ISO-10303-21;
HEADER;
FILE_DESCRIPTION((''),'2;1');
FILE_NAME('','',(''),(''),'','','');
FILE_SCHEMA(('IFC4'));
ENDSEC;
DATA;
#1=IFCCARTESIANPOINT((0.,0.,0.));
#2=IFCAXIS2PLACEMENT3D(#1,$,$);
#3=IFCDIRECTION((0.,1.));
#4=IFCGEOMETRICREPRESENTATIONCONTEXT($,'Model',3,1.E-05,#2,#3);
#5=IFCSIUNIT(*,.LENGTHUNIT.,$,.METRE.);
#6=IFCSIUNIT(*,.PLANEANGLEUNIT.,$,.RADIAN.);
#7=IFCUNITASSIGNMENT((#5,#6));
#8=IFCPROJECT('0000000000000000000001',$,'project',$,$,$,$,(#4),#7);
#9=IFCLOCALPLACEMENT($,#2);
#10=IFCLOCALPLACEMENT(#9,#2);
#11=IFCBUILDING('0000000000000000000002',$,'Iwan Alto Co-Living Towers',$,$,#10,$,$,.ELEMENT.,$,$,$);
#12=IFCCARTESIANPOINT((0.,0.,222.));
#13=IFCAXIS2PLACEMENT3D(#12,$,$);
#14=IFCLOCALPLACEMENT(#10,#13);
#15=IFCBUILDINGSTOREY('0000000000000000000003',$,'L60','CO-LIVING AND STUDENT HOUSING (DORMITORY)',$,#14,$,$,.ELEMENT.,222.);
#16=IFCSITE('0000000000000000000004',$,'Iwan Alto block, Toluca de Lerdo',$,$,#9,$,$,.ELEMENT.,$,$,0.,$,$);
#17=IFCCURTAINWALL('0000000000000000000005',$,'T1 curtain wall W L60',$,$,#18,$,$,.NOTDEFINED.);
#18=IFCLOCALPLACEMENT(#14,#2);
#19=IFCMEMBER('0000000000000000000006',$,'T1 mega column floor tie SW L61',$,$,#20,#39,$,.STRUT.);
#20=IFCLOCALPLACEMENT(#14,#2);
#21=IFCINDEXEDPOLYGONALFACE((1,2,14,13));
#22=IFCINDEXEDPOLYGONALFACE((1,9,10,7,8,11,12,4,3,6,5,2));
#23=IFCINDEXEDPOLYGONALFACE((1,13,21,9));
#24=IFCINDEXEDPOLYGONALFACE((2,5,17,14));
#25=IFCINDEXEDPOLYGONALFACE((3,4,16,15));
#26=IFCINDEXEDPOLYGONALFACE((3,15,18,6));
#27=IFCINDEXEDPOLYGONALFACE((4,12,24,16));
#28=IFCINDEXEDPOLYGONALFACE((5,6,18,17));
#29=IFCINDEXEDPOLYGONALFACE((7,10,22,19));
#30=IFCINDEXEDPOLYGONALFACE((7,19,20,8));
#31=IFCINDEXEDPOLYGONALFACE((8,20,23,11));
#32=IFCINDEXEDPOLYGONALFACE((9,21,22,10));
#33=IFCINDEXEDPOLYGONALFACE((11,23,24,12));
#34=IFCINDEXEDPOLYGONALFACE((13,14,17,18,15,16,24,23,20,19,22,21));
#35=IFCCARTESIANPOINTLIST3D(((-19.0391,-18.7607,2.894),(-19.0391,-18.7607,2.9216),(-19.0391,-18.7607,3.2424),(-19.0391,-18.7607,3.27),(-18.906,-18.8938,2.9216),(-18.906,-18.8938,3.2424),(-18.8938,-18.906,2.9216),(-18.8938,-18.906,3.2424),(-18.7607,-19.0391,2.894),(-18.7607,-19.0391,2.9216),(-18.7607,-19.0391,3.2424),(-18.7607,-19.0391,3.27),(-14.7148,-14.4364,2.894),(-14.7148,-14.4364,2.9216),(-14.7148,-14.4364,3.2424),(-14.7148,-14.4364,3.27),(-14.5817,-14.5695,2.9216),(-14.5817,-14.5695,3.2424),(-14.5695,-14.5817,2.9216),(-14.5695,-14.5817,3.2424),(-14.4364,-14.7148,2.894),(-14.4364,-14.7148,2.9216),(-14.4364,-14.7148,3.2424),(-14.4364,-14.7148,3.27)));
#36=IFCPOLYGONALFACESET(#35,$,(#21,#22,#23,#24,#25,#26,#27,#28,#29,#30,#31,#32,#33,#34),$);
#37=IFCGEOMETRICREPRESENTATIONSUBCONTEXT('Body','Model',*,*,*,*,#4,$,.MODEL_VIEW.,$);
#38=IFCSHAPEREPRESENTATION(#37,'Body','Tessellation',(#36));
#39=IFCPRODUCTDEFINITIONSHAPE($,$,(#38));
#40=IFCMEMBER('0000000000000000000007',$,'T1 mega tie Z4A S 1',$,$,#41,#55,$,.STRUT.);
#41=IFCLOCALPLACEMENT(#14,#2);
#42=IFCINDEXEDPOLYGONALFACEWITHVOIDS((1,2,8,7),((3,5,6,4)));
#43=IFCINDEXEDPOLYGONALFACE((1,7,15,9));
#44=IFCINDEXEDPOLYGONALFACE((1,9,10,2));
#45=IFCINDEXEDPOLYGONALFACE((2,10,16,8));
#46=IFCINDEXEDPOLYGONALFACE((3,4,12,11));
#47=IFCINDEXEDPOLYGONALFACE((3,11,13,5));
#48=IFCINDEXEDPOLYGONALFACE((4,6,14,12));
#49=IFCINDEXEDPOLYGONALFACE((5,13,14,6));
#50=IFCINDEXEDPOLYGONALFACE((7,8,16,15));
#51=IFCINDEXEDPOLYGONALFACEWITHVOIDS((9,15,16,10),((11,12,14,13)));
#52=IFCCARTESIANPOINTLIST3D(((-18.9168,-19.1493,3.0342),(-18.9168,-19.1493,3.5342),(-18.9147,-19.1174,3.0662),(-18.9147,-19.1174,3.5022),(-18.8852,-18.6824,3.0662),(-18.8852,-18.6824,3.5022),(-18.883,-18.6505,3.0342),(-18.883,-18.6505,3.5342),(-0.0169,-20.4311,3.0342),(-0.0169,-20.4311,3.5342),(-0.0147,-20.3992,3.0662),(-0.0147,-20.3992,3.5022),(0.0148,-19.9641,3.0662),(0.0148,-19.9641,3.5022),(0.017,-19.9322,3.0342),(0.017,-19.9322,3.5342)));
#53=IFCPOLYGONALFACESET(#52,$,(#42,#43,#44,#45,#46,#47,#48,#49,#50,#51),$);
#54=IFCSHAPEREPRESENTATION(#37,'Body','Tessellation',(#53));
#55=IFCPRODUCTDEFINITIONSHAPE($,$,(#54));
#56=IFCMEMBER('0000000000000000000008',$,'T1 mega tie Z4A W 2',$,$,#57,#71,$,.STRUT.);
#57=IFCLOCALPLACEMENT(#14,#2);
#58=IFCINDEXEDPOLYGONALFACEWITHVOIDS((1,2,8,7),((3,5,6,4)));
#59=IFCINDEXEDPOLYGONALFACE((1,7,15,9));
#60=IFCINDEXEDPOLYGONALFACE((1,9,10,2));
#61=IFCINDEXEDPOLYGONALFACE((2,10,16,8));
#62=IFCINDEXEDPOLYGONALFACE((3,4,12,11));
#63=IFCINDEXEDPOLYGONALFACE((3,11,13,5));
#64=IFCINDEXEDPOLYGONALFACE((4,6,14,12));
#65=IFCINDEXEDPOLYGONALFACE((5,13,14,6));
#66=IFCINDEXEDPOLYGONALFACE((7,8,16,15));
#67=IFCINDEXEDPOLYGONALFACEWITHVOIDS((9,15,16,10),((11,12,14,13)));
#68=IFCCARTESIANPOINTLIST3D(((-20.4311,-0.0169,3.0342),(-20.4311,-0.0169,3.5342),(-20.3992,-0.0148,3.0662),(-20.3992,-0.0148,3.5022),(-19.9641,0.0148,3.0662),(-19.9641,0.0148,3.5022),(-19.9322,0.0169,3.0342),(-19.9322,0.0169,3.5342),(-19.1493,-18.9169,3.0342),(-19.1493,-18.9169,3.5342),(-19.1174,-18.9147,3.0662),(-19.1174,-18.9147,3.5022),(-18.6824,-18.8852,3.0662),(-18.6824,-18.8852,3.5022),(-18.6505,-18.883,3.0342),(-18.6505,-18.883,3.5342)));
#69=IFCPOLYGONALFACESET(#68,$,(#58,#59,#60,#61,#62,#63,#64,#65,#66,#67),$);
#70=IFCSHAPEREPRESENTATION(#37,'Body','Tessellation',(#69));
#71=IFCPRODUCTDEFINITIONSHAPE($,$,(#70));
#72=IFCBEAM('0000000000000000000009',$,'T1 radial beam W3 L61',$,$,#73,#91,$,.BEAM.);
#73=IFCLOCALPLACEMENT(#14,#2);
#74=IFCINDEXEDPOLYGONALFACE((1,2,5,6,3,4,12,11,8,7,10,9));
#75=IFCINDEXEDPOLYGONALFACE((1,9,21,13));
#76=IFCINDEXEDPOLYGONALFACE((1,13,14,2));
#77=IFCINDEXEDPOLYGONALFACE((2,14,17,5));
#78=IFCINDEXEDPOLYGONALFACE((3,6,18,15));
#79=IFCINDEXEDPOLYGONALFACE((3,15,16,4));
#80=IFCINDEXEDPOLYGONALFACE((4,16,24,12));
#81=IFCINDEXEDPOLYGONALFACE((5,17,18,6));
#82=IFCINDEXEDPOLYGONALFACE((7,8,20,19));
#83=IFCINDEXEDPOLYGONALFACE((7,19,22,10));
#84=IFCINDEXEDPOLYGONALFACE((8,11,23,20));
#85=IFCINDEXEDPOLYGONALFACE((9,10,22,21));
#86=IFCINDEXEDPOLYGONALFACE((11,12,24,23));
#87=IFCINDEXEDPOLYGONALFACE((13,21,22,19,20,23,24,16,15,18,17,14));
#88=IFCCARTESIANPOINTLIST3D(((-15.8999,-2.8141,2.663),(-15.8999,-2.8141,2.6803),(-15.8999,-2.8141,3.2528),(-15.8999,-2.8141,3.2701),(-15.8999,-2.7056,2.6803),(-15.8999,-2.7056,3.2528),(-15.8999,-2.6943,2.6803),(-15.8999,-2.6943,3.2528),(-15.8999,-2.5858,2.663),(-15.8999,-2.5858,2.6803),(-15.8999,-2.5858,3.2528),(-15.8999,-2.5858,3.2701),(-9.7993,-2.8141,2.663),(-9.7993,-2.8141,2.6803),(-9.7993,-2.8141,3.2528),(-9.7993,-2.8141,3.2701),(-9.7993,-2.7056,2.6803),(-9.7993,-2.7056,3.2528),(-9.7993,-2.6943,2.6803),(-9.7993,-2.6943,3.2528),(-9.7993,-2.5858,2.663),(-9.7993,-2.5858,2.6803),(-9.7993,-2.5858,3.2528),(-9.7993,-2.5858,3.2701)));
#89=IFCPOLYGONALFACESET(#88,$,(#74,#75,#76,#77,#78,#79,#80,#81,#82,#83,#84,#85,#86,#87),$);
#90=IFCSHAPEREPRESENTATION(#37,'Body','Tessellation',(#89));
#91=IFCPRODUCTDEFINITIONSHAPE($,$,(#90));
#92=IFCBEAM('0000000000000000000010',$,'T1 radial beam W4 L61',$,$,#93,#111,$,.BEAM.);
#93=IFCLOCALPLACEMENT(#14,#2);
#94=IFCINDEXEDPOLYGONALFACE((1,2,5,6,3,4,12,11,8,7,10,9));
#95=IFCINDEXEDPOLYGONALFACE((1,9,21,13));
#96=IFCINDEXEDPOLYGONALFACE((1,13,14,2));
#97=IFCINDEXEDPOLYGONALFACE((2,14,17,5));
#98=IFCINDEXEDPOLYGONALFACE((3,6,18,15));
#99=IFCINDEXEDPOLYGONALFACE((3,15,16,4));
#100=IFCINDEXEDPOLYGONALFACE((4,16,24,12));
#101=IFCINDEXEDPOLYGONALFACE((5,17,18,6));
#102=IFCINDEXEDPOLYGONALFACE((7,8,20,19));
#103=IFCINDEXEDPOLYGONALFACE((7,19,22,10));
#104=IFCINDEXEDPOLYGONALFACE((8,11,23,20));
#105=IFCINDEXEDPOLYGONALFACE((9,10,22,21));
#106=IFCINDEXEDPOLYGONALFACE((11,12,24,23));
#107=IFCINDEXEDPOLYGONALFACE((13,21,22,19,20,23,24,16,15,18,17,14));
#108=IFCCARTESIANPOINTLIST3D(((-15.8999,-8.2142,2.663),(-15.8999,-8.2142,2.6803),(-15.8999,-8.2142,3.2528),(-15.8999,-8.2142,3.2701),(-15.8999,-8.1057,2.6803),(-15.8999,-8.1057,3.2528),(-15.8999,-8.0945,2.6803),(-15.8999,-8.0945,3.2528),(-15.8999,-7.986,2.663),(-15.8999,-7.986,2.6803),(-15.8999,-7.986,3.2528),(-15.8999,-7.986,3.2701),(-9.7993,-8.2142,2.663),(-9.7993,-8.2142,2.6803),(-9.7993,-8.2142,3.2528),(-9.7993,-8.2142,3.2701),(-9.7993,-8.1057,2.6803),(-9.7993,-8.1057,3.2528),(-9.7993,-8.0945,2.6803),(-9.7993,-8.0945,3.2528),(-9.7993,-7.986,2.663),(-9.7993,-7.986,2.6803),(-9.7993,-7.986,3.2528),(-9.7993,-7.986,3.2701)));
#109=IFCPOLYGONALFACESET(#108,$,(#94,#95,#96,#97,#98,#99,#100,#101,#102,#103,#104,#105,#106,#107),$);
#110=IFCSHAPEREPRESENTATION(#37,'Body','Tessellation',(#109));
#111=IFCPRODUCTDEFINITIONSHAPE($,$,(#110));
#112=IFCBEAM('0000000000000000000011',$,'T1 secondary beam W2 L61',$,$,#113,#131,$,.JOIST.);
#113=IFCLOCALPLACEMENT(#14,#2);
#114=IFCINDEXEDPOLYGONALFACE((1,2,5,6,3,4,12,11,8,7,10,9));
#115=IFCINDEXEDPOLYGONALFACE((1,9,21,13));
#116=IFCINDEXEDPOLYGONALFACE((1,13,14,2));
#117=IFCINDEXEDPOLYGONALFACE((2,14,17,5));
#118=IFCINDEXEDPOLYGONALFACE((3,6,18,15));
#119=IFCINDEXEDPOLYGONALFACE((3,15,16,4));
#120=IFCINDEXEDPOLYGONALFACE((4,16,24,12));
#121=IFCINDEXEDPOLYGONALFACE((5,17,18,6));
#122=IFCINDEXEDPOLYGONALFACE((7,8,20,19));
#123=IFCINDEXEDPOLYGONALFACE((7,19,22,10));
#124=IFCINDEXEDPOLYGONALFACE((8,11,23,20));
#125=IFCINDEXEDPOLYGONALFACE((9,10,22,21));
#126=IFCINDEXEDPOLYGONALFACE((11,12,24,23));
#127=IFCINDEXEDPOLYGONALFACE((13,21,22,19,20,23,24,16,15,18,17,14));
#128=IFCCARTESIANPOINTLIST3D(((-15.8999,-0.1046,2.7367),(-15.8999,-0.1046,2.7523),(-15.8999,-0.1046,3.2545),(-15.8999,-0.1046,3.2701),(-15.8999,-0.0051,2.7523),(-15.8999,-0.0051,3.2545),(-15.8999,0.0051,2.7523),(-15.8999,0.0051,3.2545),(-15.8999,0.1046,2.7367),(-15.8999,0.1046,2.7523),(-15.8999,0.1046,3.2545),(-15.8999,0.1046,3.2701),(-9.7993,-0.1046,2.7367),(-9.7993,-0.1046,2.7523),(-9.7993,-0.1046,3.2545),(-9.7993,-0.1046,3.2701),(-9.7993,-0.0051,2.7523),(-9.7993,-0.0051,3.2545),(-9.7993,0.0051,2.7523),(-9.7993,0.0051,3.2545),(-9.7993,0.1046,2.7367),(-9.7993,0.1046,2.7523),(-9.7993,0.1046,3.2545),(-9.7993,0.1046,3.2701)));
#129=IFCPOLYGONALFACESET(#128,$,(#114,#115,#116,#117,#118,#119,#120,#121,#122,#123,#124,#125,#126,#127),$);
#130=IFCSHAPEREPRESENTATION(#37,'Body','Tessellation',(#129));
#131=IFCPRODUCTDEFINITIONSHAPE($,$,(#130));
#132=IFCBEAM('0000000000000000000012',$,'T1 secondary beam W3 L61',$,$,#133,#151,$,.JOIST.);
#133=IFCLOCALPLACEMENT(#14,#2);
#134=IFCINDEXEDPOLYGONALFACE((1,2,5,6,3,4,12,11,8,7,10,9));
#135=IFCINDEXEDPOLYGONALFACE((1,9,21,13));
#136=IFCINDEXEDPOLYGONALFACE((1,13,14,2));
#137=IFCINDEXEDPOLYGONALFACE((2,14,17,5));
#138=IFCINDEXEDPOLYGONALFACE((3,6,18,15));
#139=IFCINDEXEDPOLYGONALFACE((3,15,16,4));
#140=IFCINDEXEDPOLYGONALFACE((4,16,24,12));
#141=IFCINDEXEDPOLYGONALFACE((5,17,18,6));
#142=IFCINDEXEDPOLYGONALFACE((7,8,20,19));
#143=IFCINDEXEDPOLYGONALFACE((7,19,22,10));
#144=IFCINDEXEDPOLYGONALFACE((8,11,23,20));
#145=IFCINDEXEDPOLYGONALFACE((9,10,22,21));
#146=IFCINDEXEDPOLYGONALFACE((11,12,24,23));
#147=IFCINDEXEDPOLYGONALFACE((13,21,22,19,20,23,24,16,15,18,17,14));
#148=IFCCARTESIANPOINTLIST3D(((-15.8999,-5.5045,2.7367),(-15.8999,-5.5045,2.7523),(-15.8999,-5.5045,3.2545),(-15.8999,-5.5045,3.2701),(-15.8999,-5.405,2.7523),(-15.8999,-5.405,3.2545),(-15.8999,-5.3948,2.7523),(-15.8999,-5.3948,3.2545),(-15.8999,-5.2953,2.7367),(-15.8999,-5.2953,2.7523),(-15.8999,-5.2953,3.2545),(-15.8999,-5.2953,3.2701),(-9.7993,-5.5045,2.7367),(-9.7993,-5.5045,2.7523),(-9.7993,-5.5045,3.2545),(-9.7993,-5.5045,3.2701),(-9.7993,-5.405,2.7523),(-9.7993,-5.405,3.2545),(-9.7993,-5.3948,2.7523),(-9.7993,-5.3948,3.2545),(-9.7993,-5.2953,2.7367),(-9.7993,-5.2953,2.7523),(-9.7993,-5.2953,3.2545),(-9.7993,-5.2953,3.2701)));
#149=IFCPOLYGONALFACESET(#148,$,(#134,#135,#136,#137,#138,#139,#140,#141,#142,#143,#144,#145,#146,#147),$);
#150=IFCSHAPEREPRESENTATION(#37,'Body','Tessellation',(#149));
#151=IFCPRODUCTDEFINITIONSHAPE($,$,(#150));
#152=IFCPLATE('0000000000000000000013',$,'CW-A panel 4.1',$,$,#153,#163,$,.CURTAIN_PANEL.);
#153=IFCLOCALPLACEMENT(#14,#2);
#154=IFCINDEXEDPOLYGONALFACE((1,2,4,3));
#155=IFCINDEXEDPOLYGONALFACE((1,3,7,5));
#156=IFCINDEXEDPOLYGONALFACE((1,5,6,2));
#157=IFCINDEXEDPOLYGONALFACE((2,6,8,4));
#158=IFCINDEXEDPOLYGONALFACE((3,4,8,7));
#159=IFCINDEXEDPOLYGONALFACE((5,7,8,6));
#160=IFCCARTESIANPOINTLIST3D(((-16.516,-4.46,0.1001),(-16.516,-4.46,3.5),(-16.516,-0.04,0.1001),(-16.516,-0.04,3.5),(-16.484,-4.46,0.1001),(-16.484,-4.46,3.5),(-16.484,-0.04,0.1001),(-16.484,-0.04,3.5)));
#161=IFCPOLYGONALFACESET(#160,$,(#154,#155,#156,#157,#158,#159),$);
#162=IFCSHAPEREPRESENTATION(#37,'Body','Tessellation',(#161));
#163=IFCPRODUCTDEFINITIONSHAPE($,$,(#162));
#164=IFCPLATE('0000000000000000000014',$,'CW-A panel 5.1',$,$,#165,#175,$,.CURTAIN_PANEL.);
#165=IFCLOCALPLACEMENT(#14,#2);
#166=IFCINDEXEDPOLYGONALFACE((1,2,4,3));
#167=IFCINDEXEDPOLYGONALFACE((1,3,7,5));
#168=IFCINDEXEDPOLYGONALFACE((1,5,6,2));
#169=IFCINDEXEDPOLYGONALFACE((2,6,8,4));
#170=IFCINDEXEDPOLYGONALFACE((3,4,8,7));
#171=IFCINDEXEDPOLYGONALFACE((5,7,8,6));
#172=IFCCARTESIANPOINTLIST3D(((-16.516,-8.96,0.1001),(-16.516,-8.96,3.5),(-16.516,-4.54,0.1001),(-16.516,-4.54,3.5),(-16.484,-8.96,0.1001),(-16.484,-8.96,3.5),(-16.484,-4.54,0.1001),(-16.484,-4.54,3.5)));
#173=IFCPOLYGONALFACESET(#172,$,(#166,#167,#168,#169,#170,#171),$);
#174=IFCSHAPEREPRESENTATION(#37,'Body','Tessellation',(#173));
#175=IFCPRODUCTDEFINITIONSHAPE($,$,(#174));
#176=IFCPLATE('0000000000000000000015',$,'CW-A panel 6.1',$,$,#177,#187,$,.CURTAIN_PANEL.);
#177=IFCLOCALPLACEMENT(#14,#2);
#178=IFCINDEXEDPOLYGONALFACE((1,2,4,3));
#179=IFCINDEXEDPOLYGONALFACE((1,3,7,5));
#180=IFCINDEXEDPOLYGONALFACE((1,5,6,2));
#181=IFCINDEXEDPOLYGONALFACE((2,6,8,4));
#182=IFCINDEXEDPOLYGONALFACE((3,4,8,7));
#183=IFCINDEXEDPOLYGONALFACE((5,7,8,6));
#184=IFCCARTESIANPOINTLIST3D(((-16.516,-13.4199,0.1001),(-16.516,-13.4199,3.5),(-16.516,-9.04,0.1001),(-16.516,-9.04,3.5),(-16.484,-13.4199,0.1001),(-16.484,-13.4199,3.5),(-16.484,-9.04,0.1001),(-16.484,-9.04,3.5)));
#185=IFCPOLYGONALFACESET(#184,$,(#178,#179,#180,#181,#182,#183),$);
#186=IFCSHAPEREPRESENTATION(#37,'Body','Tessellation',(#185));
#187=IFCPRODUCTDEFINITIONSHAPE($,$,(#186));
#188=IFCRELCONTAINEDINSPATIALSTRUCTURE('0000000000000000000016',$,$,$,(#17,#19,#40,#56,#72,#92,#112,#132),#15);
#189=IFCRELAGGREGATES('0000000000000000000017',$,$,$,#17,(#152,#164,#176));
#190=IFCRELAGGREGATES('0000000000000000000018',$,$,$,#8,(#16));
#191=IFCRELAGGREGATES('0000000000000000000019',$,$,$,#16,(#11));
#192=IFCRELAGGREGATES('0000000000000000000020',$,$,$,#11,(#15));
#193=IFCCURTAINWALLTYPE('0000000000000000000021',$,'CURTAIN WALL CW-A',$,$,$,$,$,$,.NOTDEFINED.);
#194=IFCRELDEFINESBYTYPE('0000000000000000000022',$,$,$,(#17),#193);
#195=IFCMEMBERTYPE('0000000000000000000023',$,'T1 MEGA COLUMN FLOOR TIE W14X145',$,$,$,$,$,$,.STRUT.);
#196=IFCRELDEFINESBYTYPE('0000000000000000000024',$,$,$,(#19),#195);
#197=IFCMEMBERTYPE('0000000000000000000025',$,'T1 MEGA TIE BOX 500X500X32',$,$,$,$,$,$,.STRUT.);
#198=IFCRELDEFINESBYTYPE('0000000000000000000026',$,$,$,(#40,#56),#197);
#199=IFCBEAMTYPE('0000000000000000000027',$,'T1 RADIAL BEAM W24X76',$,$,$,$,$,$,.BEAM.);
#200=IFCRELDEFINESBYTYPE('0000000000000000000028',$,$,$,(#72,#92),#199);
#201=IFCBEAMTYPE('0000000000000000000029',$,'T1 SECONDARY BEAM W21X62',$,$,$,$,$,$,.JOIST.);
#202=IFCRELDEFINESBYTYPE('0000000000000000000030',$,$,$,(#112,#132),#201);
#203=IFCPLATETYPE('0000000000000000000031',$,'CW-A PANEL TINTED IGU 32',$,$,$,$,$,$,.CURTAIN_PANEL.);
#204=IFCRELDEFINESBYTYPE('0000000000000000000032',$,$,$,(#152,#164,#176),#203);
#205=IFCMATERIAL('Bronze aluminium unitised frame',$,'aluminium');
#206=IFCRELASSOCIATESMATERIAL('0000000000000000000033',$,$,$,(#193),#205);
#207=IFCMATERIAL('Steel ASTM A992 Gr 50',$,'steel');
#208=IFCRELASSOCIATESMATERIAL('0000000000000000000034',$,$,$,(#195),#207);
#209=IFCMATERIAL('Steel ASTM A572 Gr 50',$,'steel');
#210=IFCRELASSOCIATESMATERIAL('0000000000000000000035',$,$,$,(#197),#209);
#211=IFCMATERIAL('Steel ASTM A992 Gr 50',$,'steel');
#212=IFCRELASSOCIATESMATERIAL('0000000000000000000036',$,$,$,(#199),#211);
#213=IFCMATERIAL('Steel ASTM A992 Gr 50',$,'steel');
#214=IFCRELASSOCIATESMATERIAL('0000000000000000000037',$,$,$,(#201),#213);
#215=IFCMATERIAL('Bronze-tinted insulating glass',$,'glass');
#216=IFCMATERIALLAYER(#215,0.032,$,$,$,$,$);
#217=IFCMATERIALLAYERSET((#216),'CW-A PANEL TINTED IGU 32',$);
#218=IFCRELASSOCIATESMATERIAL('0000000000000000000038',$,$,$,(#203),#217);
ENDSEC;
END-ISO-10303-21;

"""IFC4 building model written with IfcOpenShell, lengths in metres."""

from ifc_helpers import new_model, si_unit, direction, frame, origin, origin_2d, place, context, subcontext, project, spatial, rectangle, hollow_rectangle, i_section, extrude, material, layer, layer_set, material_profile, profile_set, type_object, element, aggregate, save


model = new_model("IFC4")

# Units and contexts
model_context = context("Model", 3, precision=1e-05, world=origin(), true_north=direction((0.0, 1.0)))
body_context = subcontext(model_context, "Body", "Model", "MODEL_VIEW")
ifc_project = project(units=[si_unit("LENGTHUNIT", "METRE"), si_unit("PLANEANGLEUNIT", "RADIAN")], contexts=[model_context])

# Site, building, storey
site_placement = place(None, origin())
site = spatial("IfcSite", under=ifc_project, at=site_placement, Name="Iwan Alto block, Toluca de Lerdo", CompositionType="ELEMENT", RefElevation=0.0)
building_placement = place(site_placement, origin())
building = spatial("IfcBuilding", under=site, at=building_placement, Name="Iwan Alto Co-Living Towers", CompositionType="ELEMENT")
storey_placement = place(building_placement, frame((0.0, 0.0, 222.0)))
storey = spatial("IfcBuildingStorey", under=building, at=storey_placement, Name="L60", Description="CO-LIVING AND STUDENT HOUSING (DORMITORY)", CompositionType="ELEMENT", Elevation=222.0)

# Curtain wall
ifc_material_1 = material(Name="Bronze aluminium unitised frame", Category="aluminium")
curtain_wall_type_1 = type_object("IfcCurtainWallType", Name="CURTAIN WALL CW-A", PredefinedType="NOTDEFINED", material=ifc_material_1)
curtain_wall_1_placement = place(storey_placement, origin())
curtain_wall_1 = element("IfcCurtainWall", 1, at=curtain_wall_1_placement, inside=storey, type_object=curtain_wall_type_1, Name="T1 curtain wall W L60", PredefinedType="NOTDEFINED")

# Members
ifc_material_2 = material(Name="Steel ASTM A992 Gr 50", Category="steel")
ifc_material_profile_1 = material_profile(ifc_material_2, i_section(OverallWidth=0.3938, OverallDepth=0.376, WebThickness=0.0173, FlangeThickness=0.0276, at=origin_2d()), Name="W14X145")
ifc_profile_set_1 = profile_set([ifc_material_profile_1], Name="Steel ASTM A992 Gr 50")
member_type_1 = type_object("IfcMemberType", Name="T1 MEGA COLUMN FLOOR TIE W14X145", PredefinedType="STRUT", material=ifc_profile_set_1)
member_1_placement = place(storey_placement, frame((-18.8999, -18.8999, 3.082), z_axis=(0.707107, 0.707107, 0.0), x_axis=(-0.707107, 0.707107, 0.0)))
element("IfcMember", 2, at=member_1_placement, inside=storey, type_object=member_type_1, Name="T1 mega column floor tie SW L61", PredefinedType="STRUT", context=body_context, shape_type="SweptSolid", body=[
    extrude(i_section(OverallWidth=0.3938, OverallDepth=0.376, WebThickness=0.0173, FlangeThickness=0.0276, at=origin_2d()), origin(), (0.0, 0.0, 1.0), 6.1155),
])
ifc_material_3 = material(Name="Steel ASTM A572 Gr 50", Category="steel")
ifc_material_profile_2 = material_profile(ifc_material_3, hollow_rectangle(XDim=0.5, YDim=0.5, WallThickness=0.032, at=origin_2d()), Name="BOX 500X500X32")
ifc_profile_set_2 = profile_set([ifc_material_profile_2], Name="Steel ASTM A572 Gr 50")
member_type_2 = type_object("IfcMemberType", Name="T1 MEGA TIE BOX 500X500X32", PredefinedType="STRUT", material=ifc_profile_set_2)
for number, where, z_axis, x_axis, name in (
    (3, (-18.8999, -18.8999, 3.2842), (0.997708, -0.067662, 0.0), (0.067662, 0.997708, 0.0), "T1 mega tie Z4A S 1"),
    (4, (-20.1816, 0.0, 3.2842), (0.067662, -0.997708, 0.0), (0.997708, 0.067662, 0.0), "T1 mega tie Z4A W 2"),
):
    element("IfcMember", number, at=place(storey_placement, frame(where, z_axis=z_axis, x_axis=x_axis)), inside=storey, type_object=member_type_2, Name=name, PredefinedType="STRUT", context=body_context, shape_type="SweptSolid", body=[
        extrude(hollow_rectangle(XDim=0.5, YDim=0.5, WallThickness=0.032, at=origin_2d()), origin(), (0.0, 0.0, 1.0), 18.9434),
    ])

# Beams
ifc_material_4 = material(Name="Steel ASTM A992 Gr 50", Category="steel")
ifc_material_profile_3 = material_profile(ifc_material_4, i_section(OverallWidth=0.2283, OverallDepth=0.6072, WebThickness=0.0112, FlangeThickness=0.0173, at=origin_2d()), Name="W24X76")
ifc_profile_set_3 = profile_set([ifc_material_profile_3], Name="Steel ASTM A992 Gr 50")
beam_type_1 = type_object("IfcBeamType", Name="T1 RADIAL BEAM W24X76", PredefinedType="BEAM", material=ifc_profile_set_3)
for number, where, z_axis, x_axis, name in (
    (5, (-15.8999, -2.7, 2.9666), (1.0, 0.0, 0.0), (0.0, 1.0, 0.0), "T1 radial beam W3 L61"),
    (6, (-15.8999, -8.1001, 2.9666), (1.0, 0.0, 0.0), (0.0, 1.0, 0.0), "T1 radial beam W4 L61"),
):
    element("IfcBeam", number, at=place(storey_placement, frame(where, z_axis=z_axis, x_axis=x_axis)), inside=storey, type_object=beam_type_1, Name=name, PredefinedType="BEAM", context=body_context, shape_type="SweptSolid", body=[
        extrude(i_section(OverallWidth=0.2283, OverallDepth=0.6072, WebThickness=0.0112, FlangeThickness=0.0173, at=origin_2d()), origin(), (0.0, 0.0, 1.0), 6.1006),
    ])
ifc_material_5 = material(Name="Steel ASTM A992 Gr 50", Category="steel")
ifc_material_profile_4 = material_profile(ifc_material_5, i_section(OverallWidth=0.2092, OverallDepth=0.5334, WebThickness=0.0103, FlangeThickness=0.0156, at=origin_2d()), Name="W21X62")
ifc_profile_set_4 = profile_set([ifc_material_profile_4], Name="Steel ASTM A992 Gr 50")
beam_type_2 = type_object("IfcBeamType", Name="T1 SECONDARY BEAM W21X62", PredefinedType="JOIST", material=ifc_profile_set_4)
for number, where, z_axis, x_axis, name in (
    (7, (-15.8999, 0.0, 3.0034), (1.0, 0.0, 0.0), (0.0, 1.0, 0.0), "T1 secondary beam W2 L61"),
    (8, (-15.8999, -5.3999, 3.0034), (1.0, 0.0, 0.0), (0.0, 1.0, 0.0), "T1 secondary beam W3 L61"),
):
    element("IfcBeam", number, at=place(storey_placement, frame(where, z_axis=z_axis, x_axis=x_axis)), inside=storey, type_object=beam_type_2, Name=name, PredefinedType="JOIST", context=body_context, shape_type="SweptSolid", body=[
        extrude(i_section(OverallWidth=0.2092, OverallDepth=0.5334, WebThickness=0.0103, FlangeThickness=0.0156, at=origin_2d()), origin(), (0.0, 0.0, 1.0), 6.1006),
    ])

# Plates
ifc_material_6 = material(Name="Bronze-tinted insulating glass", Category="glass")
ifc_layer_1 = layer(ifc_material_6, 0.032)
ifc_layer_set_1 = layer_set([ifc_layer_1], Name="CW-A PANEL TINTED IGU 32")
plate_type_1 = type_object("IfcPlateType", Name="CW-A PANEL TINTED IGU 32", PredefinedType="CURTAIN_PANEL", material=ifc_layer_set_1)
plate_1_placement = place(storey_placement, frame((-16.5, -2.25, 0.1001), z_axis=(0.0, 0.0, 1.0), x_axis=(0.0, -1.0, 0.0)))
plate_1 = element("IfcPlate", 9, at=plate_1_placement, type_object=plate_type_1, Name="CW-A panel 4.1", PredefinedType="CURTAIN_PANEL", context=body_context, shape_type="SweptSolid", body=[
    extrude(rectangle(XDim=4.4199, YDim=0.032, at=origin_2d()), origin(), (0.0, 0.0, 1.0), 3.3999),
])
plate_2_placement = place(storey_placement, frame((-16.5, -6.75, 0.1001), z_axis=(0.0, 0.0, 1.0), x_axis=(0.0, -1.0, 0.0)))
plate_2 = element("IfcPlate", 10, at=plate_2_placement, type_object=plate_type_1, Name="CW-A panel 5.1", PredefinedType="CURTAIN_PANEL", context=body_context, shape_type="SweptSolid", body=[
    extrude(rectangle(XDim=4.4199, YDim=0.032, at=origin_2d()), origin(), (0.0, 0.0, 1.0), 3.3999),
])
plate_3_placement = place(storey_placement, frame((-16.5, -11.23, 0.1001), z_axis=(0.0, 0.0, 1.0), x_axis=(0.0, -1.0, 0.0)))
plate_3 = element("IfcPlate", 11, at=plate_3_placement, type_object=plate_type_1, Name="CW-A panel 6.1", PredefinedType="CURTAIN_PANEL", context=body_context, shape_type="SweptSolid", body=[
    extrude(rectangle(XDim=4.3799, YDim=0.032, at=origin_2d()), origin(), (0.0, 0.0, 1.0), 3.3999),
])
aggregate(curtain_wall_1, [plate_1, plate_2, plate_3])

save(model, "model.ifc")
